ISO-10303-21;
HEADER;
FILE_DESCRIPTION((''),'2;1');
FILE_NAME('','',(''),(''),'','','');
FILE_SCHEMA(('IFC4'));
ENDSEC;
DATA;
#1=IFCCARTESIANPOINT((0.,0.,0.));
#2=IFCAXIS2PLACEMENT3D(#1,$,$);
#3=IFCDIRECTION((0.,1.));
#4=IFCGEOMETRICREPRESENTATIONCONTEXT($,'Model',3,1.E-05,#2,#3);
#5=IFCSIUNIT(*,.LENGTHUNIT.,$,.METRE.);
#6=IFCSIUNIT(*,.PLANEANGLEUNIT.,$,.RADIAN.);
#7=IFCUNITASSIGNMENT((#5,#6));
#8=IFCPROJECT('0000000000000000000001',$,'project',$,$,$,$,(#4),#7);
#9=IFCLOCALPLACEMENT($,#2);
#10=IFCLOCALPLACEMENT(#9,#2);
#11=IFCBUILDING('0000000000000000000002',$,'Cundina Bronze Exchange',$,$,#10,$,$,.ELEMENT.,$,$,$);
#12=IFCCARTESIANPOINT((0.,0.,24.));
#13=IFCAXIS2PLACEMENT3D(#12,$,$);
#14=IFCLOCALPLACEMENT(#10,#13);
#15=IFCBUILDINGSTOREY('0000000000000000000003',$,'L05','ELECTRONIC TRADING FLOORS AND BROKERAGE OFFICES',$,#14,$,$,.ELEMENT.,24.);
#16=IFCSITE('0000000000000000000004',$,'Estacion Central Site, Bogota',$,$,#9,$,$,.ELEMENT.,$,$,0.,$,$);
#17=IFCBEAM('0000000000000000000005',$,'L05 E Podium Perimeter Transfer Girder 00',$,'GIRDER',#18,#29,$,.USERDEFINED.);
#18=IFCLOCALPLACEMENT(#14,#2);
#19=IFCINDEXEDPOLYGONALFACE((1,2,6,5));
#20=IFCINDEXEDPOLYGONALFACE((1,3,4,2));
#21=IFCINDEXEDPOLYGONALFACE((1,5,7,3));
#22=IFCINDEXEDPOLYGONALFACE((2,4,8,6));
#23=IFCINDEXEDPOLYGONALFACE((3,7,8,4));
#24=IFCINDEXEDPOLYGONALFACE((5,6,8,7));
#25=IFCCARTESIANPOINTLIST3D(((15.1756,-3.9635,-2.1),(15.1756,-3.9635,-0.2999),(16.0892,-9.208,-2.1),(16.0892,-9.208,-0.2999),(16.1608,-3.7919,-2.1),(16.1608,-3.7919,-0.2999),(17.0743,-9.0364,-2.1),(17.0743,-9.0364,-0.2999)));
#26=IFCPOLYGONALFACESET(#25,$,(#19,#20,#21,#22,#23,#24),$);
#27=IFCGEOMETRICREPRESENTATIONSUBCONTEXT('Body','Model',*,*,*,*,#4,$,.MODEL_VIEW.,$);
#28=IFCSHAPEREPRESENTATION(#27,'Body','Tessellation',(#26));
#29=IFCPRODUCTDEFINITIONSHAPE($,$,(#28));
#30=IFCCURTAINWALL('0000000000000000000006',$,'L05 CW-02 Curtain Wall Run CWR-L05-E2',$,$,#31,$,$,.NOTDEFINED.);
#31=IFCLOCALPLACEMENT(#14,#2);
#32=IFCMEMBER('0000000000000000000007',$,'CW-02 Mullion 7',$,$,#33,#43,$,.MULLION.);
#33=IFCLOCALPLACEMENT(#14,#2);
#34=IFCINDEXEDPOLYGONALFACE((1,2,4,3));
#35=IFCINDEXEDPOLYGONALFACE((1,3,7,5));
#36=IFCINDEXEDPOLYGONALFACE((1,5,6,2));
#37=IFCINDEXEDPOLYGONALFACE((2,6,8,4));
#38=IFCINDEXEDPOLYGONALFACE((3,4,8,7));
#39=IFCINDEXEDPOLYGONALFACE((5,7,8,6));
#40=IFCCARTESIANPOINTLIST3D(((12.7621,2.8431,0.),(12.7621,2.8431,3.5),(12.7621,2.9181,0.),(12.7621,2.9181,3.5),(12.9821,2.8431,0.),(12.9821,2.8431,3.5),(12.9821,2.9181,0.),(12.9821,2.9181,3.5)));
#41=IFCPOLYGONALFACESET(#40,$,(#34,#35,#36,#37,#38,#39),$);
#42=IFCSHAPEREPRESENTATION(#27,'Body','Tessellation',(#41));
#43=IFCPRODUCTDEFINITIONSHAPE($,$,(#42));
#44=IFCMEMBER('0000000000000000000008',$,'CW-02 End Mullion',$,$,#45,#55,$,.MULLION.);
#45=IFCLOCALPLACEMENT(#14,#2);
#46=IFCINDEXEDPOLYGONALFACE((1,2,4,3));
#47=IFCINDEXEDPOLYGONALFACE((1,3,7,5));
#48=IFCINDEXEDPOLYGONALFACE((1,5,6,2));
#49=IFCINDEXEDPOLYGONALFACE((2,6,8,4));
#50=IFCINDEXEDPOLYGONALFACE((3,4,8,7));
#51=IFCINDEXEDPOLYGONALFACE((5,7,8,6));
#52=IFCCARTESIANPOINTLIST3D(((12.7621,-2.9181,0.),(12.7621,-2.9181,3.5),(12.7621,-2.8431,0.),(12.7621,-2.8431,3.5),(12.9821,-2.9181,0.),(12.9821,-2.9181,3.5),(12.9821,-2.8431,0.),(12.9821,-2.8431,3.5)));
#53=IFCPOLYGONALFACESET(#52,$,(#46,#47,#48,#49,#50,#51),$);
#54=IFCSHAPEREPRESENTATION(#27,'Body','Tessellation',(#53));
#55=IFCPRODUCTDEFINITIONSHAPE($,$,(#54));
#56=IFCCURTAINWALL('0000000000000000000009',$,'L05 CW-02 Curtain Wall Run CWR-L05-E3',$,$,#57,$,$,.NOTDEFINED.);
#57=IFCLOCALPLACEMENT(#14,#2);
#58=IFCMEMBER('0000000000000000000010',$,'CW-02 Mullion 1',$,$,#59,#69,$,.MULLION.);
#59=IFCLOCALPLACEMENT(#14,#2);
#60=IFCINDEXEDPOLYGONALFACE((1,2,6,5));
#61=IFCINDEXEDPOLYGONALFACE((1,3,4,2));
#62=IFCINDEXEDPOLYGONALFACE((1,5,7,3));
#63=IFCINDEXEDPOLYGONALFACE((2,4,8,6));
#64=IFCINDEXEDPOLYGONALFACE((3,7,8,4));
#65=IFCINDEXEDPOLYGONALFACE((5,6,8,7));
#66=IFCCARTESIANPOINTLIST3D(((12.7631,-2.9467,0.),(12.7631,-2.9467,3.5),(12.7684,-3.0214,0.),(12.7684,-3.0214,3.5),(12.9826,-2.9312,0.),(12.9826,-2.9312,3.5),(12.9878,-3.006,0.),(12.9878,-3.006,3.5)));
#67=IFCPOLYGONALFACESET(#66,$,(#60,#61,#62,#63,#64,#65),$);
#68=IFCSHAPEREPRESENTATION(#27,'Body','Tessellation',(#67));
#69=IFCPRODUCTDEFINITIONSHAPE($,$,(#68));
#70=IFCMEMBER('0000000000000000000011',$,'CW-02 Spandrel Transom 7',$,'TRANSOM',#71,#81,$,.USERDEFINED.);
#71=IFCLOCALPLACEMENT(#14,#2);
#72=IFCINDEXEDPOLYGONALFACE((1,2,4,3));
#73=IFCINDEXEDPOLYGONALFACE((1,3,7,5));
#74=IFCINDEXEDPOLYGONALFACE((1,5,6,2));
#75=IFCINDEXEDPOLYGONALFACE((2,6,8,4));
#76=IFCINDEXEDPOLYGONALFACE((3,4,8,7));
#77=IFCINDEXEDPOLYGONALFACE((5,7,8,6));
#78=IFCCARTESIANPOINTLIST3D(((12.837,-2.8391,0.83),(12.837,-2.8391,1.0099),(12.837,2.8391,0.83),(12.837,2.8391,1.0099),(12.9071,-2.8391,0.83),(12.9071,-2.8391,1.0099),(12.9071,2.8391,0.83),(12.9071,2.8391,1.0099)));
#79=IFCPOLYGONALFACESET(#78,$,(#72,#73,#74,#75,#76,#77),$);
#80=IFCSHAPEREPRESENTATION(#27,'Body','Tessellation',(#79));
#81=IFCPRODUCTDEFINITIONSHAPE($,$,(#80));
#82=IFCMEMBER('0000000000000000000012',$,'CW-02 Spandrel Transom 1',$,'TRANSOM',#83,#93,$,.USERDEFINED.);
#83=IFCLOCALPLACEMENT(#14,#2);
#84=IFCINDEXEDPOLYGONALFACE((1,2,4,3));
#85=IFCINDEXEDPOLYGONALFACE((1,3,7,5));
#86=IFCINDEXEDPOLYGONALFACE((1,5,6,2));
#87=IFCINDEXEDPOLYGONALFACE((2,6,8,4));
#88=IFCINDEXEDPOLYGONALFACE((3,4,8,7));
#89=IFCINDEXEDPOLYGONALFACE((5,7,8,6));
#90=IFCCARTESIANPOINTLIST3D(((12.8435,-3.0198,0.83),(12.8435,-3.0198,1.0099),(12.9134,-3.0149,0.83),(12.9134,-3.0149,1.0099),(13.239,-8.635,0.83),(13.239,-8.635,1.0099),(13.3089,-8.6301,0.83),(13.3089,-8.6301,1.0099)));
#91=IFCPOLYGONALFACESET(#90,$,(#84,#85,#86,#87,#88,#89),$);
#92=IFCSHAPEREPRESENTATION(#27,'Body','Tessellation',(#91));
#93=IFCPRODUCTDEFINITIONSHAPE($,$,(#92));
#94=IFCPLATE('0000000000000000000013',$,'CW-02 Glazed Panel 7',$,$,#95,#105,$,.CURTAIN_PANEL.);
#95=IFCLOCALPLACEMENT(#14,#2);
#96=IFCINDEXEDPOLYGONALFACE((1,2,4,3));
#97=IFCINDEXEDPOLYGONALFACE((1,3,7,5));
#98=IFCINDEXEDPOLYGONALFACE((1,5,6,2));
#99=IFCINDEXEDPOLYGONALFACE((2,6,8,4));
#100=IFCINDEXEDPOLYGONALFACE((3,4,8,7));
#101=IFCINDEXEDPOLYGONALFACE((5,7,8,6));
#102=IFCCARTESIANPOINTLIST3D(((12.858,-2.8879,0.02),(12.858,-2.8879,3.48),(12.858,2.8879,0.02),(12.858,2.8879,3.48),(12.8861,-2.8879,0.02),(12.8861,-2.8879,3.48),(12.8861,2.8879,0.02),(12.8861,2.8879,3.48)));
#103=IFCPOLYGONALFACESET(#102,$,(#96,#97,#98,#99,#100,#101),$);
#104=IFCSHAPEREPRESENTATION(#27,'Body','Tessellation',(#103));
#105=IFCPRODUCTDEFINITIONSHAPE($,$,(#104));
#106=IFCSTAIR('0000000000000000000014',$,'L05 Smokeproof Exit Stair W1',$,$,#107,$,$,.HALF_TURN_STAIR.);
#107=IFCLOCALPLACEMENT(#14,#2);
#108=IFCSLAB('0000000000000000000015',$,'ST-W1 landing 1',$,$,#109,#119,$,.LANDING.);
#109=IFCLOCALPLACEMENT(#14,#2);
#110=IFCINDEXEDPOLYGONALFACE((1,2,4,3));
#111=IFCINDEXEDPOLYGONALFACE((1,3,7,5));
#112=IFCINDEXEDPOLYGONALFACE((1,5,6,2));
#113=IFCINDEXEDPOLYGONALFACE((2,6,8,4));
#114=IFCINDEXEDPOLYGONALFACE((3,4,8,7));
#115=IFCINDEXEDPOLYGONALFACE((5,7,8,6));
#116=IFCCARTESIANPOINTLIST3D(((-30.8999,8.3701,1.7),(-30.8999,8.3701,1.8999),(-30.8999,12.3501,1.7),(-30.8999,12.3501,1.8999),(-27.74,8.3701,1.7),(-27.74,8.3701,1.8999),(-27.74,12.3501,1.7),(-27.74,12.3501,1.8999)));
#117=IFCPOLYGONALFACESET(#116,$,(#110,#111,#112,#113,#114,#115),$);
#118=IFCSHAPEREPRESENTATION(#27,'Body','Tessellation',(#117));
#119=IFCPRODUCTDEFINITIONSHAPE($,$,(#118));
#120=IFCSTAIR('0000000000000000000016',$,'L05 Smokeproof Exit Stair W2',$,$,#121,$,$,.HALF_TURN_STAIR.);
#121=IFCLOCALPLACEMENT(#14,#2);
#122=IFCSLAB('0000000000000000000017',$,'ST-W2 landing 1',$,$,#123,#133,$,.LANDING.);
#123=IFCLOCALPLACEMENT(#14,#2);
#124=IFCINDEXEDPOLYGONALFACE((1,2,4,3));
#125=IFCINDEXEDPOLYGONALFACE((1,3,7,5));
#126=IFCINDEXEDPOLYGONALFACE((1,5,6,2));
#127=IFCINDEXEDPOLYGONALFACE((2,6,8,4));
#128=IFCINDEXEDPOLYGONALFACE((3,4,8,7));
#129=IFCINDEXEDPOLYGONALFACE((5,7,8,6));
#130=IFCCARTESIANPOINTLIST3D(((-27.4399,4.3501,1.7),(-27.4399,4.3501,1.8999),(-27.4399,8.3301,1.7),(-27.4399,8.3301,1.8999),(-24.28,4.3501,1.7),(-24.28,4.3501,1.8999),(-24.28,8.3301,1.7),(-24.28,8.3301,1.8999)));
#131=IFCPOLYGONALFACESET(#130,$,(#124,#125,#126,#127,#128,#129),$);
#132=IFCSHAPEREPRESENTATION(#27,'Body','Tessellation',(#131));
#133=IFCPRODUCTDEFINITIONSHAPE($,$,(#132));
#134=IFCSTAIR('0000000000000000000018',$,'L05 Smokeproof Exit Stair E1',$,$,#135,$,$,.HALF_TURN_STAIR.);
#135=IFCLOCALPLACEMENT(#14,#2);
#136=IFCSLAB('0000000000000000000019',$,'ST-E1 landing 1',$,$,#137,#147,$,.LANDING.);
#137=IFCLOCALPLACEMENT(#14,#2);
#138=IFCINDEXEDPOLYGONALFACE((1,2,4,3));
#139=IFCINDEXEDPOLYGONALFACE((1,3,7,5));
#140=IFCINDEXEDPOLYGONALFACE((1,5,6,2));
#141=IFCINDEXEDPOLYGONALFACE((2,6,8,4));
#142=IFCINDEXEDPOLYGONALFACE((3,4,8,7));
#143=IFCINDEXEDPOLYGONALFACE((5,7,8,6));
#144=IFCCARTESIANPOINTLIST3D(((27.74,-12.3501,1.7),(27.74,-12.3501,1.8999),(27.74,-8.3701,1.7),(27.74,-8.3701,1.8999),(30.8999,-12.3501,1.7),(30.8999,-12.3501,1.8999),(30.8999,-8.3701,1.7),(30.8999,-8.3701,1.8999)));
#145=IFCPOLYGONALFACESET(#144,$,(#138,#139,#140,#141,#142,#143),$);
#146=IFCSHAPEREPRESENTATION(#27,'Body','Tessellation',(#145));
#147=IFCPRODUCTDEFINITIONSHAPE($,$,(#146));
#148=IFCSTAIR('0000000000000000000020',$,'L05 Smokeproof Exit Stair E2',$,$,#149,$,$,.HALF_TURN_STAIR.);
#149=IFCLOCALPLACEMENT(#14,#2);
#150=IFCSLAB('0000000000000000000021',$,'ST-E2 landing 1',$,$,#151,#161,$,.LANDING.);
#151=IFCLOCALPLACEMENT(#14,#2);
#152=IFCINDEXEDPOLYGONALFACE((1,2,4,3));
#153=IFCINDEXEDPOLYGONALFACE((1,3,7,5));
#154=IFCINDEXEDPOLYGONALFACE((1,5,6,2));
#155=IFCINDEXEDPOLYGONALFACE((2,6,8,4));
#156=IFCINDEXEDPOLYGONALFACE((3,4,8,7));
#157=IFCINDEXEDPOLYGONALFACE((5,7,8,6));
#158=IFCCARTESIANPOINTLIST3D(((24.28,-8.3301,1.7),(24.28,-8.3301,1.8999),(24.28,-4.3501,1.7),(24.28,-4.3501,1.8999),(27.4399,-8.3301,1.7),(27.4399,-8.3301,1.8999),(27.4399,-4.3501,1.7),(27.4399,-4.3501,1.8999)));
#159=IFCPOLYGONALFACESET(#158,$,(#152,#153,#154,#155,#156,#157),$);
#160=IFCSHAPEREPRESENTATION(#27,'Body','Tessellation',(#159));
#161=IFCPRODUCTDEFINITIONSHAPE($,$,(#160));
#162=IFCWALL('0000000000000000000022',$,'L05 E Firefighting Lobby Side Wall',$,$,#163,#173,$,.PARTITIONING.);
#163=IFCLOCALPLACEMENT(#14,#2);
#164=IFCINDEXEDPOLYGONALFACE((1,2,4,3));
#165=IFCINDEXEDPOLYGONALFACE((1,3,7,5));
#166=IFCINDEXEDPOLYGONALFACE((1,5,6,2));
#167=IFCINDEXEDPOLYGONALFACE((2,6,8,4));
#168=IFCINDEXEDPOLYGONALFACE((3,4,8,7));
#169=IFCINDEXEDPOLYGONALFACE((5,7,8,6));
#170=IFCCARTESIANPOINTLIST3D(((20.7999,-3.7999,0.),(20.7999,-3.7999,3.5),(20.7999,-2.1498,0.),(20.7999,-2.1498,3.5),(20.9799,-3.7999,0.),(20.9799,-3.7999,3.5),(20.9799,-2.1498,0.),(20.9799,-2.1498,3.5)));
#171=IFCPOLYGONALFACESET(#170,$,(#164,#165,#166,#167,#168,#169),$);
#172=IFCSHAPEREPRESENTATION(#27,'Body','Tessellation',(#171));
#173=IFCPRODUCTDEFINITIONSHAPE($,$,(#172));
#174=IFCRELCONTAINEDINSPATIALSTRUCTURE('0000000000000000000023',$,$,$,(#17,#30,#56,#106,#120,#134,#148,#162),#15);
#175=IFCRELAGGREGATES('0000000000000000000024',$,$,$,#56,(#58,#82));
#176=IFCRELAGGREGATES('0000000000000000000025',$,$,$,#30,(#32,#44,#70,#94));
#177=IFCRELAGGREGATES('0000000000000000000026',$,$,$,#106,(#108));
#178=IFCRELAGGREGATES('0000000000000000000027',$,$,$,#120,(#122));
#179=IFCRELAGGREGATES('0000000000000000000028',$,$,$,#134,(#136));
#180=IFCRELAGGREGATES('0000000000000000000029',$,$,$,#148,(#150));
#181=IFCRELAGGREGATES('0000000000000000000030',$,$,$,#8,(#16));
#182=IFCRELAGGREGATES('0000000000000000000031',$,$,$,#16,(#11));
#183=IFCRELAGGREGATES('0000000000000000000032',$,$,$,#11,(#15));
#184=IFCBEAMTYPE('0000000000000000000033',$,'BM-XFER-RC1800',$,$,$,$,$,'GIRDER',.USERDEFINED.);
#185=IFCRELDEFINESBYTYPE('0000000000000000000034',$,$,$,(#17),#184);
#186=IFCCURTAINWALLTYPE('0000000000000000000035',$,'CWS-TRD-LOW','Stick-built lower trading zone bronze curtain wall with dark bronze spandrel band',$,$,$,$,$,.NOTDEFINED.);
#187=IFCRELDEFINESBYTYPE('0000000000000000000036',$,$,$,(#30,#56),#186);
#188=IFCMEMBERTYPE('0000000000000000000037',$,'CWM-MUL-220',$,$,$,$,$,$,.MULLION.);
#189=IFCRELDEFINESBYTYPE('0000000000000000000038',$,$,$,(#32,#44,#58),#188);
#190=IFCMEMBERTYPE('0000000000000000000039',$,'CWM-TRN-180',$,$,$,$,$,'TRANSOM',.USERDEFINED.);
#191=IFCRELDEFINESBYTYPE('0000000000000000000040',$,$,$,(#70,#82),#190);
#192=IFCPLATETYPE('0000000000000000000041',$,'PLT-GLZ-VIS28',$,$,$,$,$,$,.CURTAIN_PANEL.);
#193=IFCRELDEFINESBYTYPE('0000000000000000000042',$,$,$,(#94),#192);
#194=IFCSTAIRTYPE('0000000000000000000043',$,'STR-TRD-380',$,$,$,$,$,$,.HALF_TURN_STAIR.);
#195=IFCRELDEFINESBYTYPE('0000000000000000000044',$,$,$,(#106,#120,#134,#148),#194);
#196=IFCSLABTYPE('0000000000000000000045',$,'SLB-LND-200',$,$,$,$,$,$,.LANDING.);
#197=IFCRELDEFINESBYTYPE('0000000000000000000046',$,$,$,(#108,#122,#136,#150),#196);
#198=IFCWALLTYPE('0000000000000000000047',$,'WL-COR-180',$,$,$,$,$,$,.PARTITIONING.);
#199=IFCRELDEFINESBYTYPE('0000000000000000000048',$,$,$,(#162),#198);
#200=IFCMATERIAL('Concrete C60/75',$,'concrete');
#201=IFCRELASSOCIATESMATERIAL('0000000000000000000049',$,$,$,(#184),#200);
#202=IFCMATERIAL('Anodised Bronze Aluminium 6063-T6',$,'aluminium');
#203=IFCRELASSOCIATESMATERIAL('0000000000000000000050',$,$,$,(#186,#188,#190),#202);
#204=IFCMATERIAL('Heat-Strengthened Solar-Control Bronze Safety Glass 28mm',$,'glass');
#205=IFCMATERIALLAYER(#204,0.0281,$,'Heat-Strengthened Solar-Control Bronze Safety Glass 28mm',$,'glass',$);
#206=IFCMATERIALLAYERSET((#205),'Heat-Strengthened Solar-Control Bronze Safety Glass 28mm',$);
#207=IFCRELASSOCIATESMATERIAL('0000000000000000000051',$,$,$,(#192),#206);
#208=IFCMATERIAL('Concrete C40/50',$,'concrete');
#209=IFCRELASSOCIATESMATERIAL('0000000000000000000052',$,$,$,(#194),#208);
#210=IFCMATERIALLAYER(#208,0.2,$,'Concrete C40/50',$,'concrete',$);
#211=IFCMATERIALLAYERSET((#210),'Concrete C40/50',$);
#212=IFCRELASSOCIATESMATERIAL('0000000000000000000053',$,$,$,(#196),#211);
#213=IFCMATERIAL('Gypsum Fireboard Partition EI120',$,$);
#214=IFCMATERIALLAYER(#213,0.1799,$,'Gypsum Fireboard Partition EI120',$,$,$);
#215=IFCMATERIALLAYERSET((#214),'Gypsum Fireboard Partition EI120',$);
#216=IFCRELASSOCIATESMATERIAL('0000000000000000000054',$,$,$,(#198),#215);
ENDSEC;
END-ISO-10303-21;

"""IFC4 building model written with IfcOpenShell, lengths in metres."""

from ifc_helpers import new_model, si_unit, direction, frame, frame_2d, origin, origin_2d, place, context, subcontext, project, spatial, polyline, rectangle, outline, extrude, material, layer, layer_set, material_profile, profile_set, type_object, element, aggregate, save


model = new_model("IFC4")

# Units and contexts
model_context = context("Model", 3, precision=1e-05, world=origin(), true_north=direction((0.0, 1.0)))
body_context = subcontext(model_context, "Body", "Model", "MODEL_VIEW")
ifc_project = project(units=[si_unit("LENGTHUNIT", "METRE"), si_unit("PLANEANGLEUNIT", "RADIAN")], contexts=[model_context])

# Site, building, storey
site_placement = place(None, origin())
site = spatial("IfcSite", under=ifc_project, at=site_placement, Name="Estacion Central Site, Bogota", CompositionType="ELEMENT", RefElevation=0.0)
building_placement = place(site_placement, origin())
building = spatial("IfcBuilding", under=site, at=building_placement, Name="Cundina Bronze Exchange", CompositionType="ELEMENT")
storey_placement = place(building_placement, frame((0.0, 0.0, 24.0)))
storey = spatial("IfcBuildingStorey", under=building, at=storey_placement, Name="L05", Description="ELECTRONIC TRADING FLOORS AND BROKERAGE OFFICES", CompositionType="ELEMENT", Elevation=24.0)

# Shared definitions
ifc_material_1 = material(Name="Concrete C60/75", Category="concrete")

# Beam
ifc_material_profile_1 = material_profile(ifc_material_1, rectangle(XDim=1.0, YDim=1.8, at=origin_2d()), Name="RC1000X1800", Category="concrete")
ifc_profile_set_1 = profile_set([ifc_material_profile_1], Name="Concrete C60/75")
beam_type_1 = type_object("IfcBeamType", Name="BM-XFER-RC1800", ElementType="GIRDER", PredefinedType="USERDEFINED", material=ifc_profile_set_1)
beam_1_placement = place(storey_placement, frame((15.6682, -3.8777, -1.2), z_axis=(0.171608, -0.985165, 0.0), x_axis=(0.985165, 0.171608, 0.0)))
element("IfcBeam", 1, at=beam_1_placement, inside=storey, type_object=beam_type_1, Name="L05 E Podium Perimeter Transfer Girder 00", ObjectType="GIRDER", PredefinedType="USERDEFINED", context=body_context, shape_type="SweptSolid", body=[
    extrude(rectangle(XDim=1.0, YDim=1.8, at=origin_2d()), origin(), (0.0, 0.0, 1.0), 5.3235),
])

# Curtain wall, members
ifc_material_2 = material(Name="Anodised Bronze Aluminium 6063-T6", Category="aluminium")
curtain_wall_type = type_object("IfcCurtainWallType", Name="CWS-TRD-LOW", Description="Stick-built lower trading zone bronze curtain wall with dark bronze spandrel band", PredefinedType="NOTDEFINED", material=ifc_material_2)
curtain_wall_1_placement = place(storey_placement, origin())
curtain_wall_1 = element("IfcCurtainWall", 2, at=curtain_wall_1_placement, inside=storey, type_object=curtain_wall_type, Name="L05 CW-02 Curtain Wall Run CWR-L05-E2", PredefinedType="NOTDEFINED")
ifc_material_profile_2 = material_profile(ifc_material_2, rectangle(XDim=0.075, YDim=0.22, at=origin_2d()), Name="AL75X220", Category="aluminium")
ifc_profile_set_2 = profile_set([ifc_material_profile_2], Name="Anodised Bronze Aluminium 6063-T6")
member_type_1 = type_object("IfcMemberType", Name="CWM-MUL-220", PredefinedType="MULLION", material=ifc_profile_set_2)
member_1_placement = place(storey_placement, frame((12.8721, 2.8806, 0.0), z_axis=(0.0, 0.0, 1.0), x_axis=(0.0, -1.0, 0.0)))
member_1 = element("IfcMember", 3, at=member_1_placement, type_object=member_type_1, Name="CW-02 Mullion 7", PredefinedType="MULLION", context=body_context, shape_type="SweptSolid", body=[
    extrude(rectangle(XDim=0.075, YDim=0.22, at=origin_2d()), origin(), (0.0, 0.0, 1.0), 3.5),
])
member_2_placement = place(storey_placement, frame((12.8721, -2.8806, 0.0), z_axis=(0.0, 0.0, 1.0), x_axis=(0.0, -1.0, 0.0)))
member_2 = element("IfcMember", 4, at=member_2_placement, type_object=member_type_1, Name="CW-02 End Mullion", PredefinedType="MULLION", context=body_context, shape_type="SweptSolid", body=[
    extrude(rectangle(XDim=0.075, YDim=0.22, at=origin_2d()), origin(), (0.0, 0.0, 1.0), 3.5),
])

# Curtain wall, member
curtain_wall_2_placement = place(storey_placement, origin())
curtain_wall_2 = element("IfcCurtainWall", 5, at=curtain_wall_2_placement, inside=storey, type_object=curtain_wall_type, Name="L05 CW-02 Curtain Wall Run CWR-L05-E3", PredefinedType="NOTDEFINED")
member_3_placement = place(storey_placement, frame((12.8755, -2.9763, 0.0), z_axis=(0.0, 0.0, 1.0), x_axis=(0.070279, -0.997527, 0.0)))
member_3 = element("IfcMember", 6, at=member_3_placement, type_object=member_type_1, Name="CW-02 Mullion 1", PredefinedType="MULLION", context=body_context, shape_type="SweptSolid", body=[
    extrude(rectangle(XDim=0.075, YDim=0.22, at=origin_2d()), origin(), (0.0, 0.0, 1.0), 3.5),
])

# Members
ifc_material_profile_3 = material_profile(ifc_material_2, rectangle(XDim=0.0701, YDim=0.1799, at=origin_2d()), Name="AL70X180", Category="aluminium")
ifc_profile_set_3 = profile_set([ifc_material_profile_3], Name="Anodised Bronze Aluminium 6063-T6")
member_type_2 = type_object("IfcMemberType", Name="CWM-TRN-180", ElementType="TRANSOM", PredefinedType="USERDEFINED", material=ifc_profile_set_3)
member_4_placement = place(storey_placement, frame((12.8721, 2.8391, 0.9199), z_axis=(0.0, -1.0, 0.0), x_axis=(1.0, 0.0, 0.0)))
member_4 = element("IfcMember", 7, at=member_4_placement, type_object=member_type_2, Name="CW-02 Spandrel Transom 7", ObjectType="TRANSOM", PredefinedType="USERDEFINED", context=body_context, shape_type="SweptSolid", body=[
    extrude(rectangle(XDim=0.0701, YDim=0.1799, at=origin_2d()), origin(), (0.0, 0.0, 1.0), 5.6782),
])
member_5_placement = place(storey_placement, frame((12.8784, -3.0173, 0.9199), z_axis=(0.070261, -0.997529, 0.0), x_axis=(0.997529, 0.070261, 0.0)))
member_5 = element("IfcMember", 8, at=member_5_placement, type_object=member_type_2, Name="CW-02 Spandrel Transom 1", ObjectType="TRANSOM", PredefinedType="USERDEFINED", context=body_context, shape_type="SweptSolid", body=[
    extrude(rectangle(XDim=0.0701, YDim=0.1799, at=origin_2d()), origin(), (0.0, 0.0, 1.0), 5.6292),
])
aggregate(curtain_wall_2, [member_3, member_5])

# Plate
ifc_material_3 = material(Name="Heat-Strengthened Solar-Control Bronze Safety Glass 28mm", Category="glass")
ifc_layer_1 = layer(ifc_material_3, 0.0281, Name="Heat-Strengthened Solar-Control Bronze Safety Glass 28mm", Category="glass")
ifc_layer_set_1 = layer_set([ifc_layer_1], Name="Heat-Strengthened Solar-Control Bronze Safety Glass 28mm")
plate_type = type_object("IfcPlateType", Name="PLT-GLZ-VIS28", PredefinedType="CURTAIN_PANEL", material=ifc_layer_set_1)
plate_placement = place(storey_placement, frame((12.8721, 0.0, 0.02), z_axis=(0.0, 0.0, 1.0), x_axis=(0.0, -1.0, 0.0)))
plate = element("IfcPlate", 9, at=plate_placement, type_object=plate_type, Name="CW-02 Glazed Panel 7", PredefinedType="CURTAIN_PANEL", context=body_context, shape_type="SweptSolid", body=[
    extrude(rectangle(XDim=5.7759, YDim=0.0281, at=origin_2d()), origin(), (0.0, 0.0, 1.0), 3.46),
])
aggregate(curtain_wall_1, [member_1, member_2, member_4, plate])

# Stairs, slabs
ifc_material_4 = material(Name="Concrete C40/50", Category="concrete")
stair_type = type_object("IfcStairType", Name="STR-TRD-380", PredefinedType="HALF_TURN_STAIR", material=ifc_material_4)
stair_1_placement = place(storey_placement, origin())
stair_1 = element("IfcStair", 10, at=stair_1_placement, inside=storey, type_object=stair_type, Name="L05 Smokeproof Exit Stair W1", PredefinedType="HALF_TURN_STAIR")
ifc_layer_2 = layer(ifc_material_4, 0.2, Name="Concrete C40/50", Category="concrete")
ifc_layer_set_2 = layer_set([ifc_layer_2], Name="Concrete C40/50")
slab_type = type_object("IfcSlabType", Name="SLB-LND-200", PredefinedType="LANDING", material=ifc_layer_set_2)
slab_1_placement = place(storey_placement, frame((0.0, 0.0, 1.7)))
slab_1 = element("IfcSlab", 11, at=slab_1_placement, type_object=slab_type, Name="ST-W1 landing 1", PredefinedType="LANDING", context=body_context, shape_type="SweptSolid", body=[
    extrude(outline(polyline([(-27.74, 8.3701), (-27.74, 12.3501), (-30.8999, 12.3501), (-30.8999, 8.3701), (-27.74, 8.3701)])), origin(), (0.0, 0.0, 1.0), 0.2),
])
aggregate(stair_1, [slab_1])
stair_2_placement = place(storey_placement, origin())
stair_2 = element("IfcStair", 12, at=stair_2_placement, inside=storey, type_object=stair_type, Name="L05 Smokeproof Exit Stair W2", PredefinedType="HALF_TURN_STAIR")
slab_2_placement = place(storey_placement, frame((0.0, 0.0, 1.7)))
slab_2 = element("IfcSlab", 13, at=slab_2_placement, type_object=slab_type, Name="ST-W2 landing 1", PredefinedType="LANDING", context=body_context, shape_type="SweptSolid", body=[
    extrude(outline(polyline([(-27.4399, 8.3301), (-27.4399, 4.3501), (-24.28, 4.3501), (-24.28, 8.3301), (-27.4399, 8.3301)])), origin(), (0.0, 0.0, 1.0), 0.2),
])
aggregate(stair_2, [slab_2])
stair_3_placement = place(storey_placement, origin())
stair_3 = element("IfcStair", 14, at=stair_3_placement, inside=storey, type_object=stair_type, Name="L05 Smokeproof Exit Stair E1", PredefinedType="HALF_TURN_STAIR")
slab_3_placement = place(storey_placement, frame((0.0, 0.0, 1.7)))
slab_3 = element("IfcSlab", 15, at=slab_3_placement, type_object=slab_type, Name="ST-E1 landing 1", PredefinedType="LANDING", context=body_context, shape_type="SweptSolid", body=[
    extrude(outline(polyline([(27.74, -8.3701), (27.74, -12.3501), (30.8999, -12.3501), (30.8999, -8.3701), (27.74, -8.3701)])), origin(), (0.0, 0.0, 1.0), 0.2),
])
aggregate(stair_3, [slab_3])
stair_4_placement = place(storey_placement, origin())
stair_4 = element("IfcStair", 16, at=stair_4_placement, inside=storey, type_object=stair_type, Name="L05 Smokeproof Exit Stair E2", PredefinedType="HALF_TURN_STAIR")
slab_4_placement = place(storey_placement, frame((0.0, 0.0, 1.7)))
slab_4 = element("IfcSlab", 17, at=slab_4_placement, type_object=slab_type, Name="ST-E2 landing 1", PredefinedType="LANDING", context=body_context, shape_type="SweptSolid", body=[
    extrude(outline(polyline([(27.4399, -8.3301), (27.4399, -4.3501), (24.28, -4.3501), (24.28, -8.3301), (27.4399, -8.3301)])), origin(), (0.0, 0.0, 1.0), 0.2),
])
aggregate(stair_4, [slab_4])

# Wall
ifc_material_5 = material(Name="Gypsum Fireboard Partition EI120")
ifc_layer_3 = layer(ifc_material_5, 0.1799, Name="Gypsum Fireboard Partition EI120")
ifc_layer_set_3 = layer_set([ifc_layer_3], Name="Gypsum Fireboard Partition EI120")
wall_type_1 = type_object("IfcWallType", Name="WL-COR-180", PredefinedType="PARTITIONING", material=ifc_layer_set_3)
wall_1_placement = place(storey_placement, frame((20.8899, -3.8, 0.0), z_axis=(0.0, 0.0, 1.0), x_axis=(0.0, 1.0, 0.0)))
element("IfcWall", 18, at=wall_1_placement, inside=storey, type_object=wall_type_1, Name="L05 E Firefighting Lobby Side Wall", PredefinedType="PARTITIONING", context=body_context, shape_type="SweptSolid", body=[
    extrude(rectangle(XDim=1.6501, YDim=0.1799, at=frame_2d((0.8252, 0.0))), origin(), (0.0, 0.0, 1.0), 3.5),
])

save(model, "model.ifc")
